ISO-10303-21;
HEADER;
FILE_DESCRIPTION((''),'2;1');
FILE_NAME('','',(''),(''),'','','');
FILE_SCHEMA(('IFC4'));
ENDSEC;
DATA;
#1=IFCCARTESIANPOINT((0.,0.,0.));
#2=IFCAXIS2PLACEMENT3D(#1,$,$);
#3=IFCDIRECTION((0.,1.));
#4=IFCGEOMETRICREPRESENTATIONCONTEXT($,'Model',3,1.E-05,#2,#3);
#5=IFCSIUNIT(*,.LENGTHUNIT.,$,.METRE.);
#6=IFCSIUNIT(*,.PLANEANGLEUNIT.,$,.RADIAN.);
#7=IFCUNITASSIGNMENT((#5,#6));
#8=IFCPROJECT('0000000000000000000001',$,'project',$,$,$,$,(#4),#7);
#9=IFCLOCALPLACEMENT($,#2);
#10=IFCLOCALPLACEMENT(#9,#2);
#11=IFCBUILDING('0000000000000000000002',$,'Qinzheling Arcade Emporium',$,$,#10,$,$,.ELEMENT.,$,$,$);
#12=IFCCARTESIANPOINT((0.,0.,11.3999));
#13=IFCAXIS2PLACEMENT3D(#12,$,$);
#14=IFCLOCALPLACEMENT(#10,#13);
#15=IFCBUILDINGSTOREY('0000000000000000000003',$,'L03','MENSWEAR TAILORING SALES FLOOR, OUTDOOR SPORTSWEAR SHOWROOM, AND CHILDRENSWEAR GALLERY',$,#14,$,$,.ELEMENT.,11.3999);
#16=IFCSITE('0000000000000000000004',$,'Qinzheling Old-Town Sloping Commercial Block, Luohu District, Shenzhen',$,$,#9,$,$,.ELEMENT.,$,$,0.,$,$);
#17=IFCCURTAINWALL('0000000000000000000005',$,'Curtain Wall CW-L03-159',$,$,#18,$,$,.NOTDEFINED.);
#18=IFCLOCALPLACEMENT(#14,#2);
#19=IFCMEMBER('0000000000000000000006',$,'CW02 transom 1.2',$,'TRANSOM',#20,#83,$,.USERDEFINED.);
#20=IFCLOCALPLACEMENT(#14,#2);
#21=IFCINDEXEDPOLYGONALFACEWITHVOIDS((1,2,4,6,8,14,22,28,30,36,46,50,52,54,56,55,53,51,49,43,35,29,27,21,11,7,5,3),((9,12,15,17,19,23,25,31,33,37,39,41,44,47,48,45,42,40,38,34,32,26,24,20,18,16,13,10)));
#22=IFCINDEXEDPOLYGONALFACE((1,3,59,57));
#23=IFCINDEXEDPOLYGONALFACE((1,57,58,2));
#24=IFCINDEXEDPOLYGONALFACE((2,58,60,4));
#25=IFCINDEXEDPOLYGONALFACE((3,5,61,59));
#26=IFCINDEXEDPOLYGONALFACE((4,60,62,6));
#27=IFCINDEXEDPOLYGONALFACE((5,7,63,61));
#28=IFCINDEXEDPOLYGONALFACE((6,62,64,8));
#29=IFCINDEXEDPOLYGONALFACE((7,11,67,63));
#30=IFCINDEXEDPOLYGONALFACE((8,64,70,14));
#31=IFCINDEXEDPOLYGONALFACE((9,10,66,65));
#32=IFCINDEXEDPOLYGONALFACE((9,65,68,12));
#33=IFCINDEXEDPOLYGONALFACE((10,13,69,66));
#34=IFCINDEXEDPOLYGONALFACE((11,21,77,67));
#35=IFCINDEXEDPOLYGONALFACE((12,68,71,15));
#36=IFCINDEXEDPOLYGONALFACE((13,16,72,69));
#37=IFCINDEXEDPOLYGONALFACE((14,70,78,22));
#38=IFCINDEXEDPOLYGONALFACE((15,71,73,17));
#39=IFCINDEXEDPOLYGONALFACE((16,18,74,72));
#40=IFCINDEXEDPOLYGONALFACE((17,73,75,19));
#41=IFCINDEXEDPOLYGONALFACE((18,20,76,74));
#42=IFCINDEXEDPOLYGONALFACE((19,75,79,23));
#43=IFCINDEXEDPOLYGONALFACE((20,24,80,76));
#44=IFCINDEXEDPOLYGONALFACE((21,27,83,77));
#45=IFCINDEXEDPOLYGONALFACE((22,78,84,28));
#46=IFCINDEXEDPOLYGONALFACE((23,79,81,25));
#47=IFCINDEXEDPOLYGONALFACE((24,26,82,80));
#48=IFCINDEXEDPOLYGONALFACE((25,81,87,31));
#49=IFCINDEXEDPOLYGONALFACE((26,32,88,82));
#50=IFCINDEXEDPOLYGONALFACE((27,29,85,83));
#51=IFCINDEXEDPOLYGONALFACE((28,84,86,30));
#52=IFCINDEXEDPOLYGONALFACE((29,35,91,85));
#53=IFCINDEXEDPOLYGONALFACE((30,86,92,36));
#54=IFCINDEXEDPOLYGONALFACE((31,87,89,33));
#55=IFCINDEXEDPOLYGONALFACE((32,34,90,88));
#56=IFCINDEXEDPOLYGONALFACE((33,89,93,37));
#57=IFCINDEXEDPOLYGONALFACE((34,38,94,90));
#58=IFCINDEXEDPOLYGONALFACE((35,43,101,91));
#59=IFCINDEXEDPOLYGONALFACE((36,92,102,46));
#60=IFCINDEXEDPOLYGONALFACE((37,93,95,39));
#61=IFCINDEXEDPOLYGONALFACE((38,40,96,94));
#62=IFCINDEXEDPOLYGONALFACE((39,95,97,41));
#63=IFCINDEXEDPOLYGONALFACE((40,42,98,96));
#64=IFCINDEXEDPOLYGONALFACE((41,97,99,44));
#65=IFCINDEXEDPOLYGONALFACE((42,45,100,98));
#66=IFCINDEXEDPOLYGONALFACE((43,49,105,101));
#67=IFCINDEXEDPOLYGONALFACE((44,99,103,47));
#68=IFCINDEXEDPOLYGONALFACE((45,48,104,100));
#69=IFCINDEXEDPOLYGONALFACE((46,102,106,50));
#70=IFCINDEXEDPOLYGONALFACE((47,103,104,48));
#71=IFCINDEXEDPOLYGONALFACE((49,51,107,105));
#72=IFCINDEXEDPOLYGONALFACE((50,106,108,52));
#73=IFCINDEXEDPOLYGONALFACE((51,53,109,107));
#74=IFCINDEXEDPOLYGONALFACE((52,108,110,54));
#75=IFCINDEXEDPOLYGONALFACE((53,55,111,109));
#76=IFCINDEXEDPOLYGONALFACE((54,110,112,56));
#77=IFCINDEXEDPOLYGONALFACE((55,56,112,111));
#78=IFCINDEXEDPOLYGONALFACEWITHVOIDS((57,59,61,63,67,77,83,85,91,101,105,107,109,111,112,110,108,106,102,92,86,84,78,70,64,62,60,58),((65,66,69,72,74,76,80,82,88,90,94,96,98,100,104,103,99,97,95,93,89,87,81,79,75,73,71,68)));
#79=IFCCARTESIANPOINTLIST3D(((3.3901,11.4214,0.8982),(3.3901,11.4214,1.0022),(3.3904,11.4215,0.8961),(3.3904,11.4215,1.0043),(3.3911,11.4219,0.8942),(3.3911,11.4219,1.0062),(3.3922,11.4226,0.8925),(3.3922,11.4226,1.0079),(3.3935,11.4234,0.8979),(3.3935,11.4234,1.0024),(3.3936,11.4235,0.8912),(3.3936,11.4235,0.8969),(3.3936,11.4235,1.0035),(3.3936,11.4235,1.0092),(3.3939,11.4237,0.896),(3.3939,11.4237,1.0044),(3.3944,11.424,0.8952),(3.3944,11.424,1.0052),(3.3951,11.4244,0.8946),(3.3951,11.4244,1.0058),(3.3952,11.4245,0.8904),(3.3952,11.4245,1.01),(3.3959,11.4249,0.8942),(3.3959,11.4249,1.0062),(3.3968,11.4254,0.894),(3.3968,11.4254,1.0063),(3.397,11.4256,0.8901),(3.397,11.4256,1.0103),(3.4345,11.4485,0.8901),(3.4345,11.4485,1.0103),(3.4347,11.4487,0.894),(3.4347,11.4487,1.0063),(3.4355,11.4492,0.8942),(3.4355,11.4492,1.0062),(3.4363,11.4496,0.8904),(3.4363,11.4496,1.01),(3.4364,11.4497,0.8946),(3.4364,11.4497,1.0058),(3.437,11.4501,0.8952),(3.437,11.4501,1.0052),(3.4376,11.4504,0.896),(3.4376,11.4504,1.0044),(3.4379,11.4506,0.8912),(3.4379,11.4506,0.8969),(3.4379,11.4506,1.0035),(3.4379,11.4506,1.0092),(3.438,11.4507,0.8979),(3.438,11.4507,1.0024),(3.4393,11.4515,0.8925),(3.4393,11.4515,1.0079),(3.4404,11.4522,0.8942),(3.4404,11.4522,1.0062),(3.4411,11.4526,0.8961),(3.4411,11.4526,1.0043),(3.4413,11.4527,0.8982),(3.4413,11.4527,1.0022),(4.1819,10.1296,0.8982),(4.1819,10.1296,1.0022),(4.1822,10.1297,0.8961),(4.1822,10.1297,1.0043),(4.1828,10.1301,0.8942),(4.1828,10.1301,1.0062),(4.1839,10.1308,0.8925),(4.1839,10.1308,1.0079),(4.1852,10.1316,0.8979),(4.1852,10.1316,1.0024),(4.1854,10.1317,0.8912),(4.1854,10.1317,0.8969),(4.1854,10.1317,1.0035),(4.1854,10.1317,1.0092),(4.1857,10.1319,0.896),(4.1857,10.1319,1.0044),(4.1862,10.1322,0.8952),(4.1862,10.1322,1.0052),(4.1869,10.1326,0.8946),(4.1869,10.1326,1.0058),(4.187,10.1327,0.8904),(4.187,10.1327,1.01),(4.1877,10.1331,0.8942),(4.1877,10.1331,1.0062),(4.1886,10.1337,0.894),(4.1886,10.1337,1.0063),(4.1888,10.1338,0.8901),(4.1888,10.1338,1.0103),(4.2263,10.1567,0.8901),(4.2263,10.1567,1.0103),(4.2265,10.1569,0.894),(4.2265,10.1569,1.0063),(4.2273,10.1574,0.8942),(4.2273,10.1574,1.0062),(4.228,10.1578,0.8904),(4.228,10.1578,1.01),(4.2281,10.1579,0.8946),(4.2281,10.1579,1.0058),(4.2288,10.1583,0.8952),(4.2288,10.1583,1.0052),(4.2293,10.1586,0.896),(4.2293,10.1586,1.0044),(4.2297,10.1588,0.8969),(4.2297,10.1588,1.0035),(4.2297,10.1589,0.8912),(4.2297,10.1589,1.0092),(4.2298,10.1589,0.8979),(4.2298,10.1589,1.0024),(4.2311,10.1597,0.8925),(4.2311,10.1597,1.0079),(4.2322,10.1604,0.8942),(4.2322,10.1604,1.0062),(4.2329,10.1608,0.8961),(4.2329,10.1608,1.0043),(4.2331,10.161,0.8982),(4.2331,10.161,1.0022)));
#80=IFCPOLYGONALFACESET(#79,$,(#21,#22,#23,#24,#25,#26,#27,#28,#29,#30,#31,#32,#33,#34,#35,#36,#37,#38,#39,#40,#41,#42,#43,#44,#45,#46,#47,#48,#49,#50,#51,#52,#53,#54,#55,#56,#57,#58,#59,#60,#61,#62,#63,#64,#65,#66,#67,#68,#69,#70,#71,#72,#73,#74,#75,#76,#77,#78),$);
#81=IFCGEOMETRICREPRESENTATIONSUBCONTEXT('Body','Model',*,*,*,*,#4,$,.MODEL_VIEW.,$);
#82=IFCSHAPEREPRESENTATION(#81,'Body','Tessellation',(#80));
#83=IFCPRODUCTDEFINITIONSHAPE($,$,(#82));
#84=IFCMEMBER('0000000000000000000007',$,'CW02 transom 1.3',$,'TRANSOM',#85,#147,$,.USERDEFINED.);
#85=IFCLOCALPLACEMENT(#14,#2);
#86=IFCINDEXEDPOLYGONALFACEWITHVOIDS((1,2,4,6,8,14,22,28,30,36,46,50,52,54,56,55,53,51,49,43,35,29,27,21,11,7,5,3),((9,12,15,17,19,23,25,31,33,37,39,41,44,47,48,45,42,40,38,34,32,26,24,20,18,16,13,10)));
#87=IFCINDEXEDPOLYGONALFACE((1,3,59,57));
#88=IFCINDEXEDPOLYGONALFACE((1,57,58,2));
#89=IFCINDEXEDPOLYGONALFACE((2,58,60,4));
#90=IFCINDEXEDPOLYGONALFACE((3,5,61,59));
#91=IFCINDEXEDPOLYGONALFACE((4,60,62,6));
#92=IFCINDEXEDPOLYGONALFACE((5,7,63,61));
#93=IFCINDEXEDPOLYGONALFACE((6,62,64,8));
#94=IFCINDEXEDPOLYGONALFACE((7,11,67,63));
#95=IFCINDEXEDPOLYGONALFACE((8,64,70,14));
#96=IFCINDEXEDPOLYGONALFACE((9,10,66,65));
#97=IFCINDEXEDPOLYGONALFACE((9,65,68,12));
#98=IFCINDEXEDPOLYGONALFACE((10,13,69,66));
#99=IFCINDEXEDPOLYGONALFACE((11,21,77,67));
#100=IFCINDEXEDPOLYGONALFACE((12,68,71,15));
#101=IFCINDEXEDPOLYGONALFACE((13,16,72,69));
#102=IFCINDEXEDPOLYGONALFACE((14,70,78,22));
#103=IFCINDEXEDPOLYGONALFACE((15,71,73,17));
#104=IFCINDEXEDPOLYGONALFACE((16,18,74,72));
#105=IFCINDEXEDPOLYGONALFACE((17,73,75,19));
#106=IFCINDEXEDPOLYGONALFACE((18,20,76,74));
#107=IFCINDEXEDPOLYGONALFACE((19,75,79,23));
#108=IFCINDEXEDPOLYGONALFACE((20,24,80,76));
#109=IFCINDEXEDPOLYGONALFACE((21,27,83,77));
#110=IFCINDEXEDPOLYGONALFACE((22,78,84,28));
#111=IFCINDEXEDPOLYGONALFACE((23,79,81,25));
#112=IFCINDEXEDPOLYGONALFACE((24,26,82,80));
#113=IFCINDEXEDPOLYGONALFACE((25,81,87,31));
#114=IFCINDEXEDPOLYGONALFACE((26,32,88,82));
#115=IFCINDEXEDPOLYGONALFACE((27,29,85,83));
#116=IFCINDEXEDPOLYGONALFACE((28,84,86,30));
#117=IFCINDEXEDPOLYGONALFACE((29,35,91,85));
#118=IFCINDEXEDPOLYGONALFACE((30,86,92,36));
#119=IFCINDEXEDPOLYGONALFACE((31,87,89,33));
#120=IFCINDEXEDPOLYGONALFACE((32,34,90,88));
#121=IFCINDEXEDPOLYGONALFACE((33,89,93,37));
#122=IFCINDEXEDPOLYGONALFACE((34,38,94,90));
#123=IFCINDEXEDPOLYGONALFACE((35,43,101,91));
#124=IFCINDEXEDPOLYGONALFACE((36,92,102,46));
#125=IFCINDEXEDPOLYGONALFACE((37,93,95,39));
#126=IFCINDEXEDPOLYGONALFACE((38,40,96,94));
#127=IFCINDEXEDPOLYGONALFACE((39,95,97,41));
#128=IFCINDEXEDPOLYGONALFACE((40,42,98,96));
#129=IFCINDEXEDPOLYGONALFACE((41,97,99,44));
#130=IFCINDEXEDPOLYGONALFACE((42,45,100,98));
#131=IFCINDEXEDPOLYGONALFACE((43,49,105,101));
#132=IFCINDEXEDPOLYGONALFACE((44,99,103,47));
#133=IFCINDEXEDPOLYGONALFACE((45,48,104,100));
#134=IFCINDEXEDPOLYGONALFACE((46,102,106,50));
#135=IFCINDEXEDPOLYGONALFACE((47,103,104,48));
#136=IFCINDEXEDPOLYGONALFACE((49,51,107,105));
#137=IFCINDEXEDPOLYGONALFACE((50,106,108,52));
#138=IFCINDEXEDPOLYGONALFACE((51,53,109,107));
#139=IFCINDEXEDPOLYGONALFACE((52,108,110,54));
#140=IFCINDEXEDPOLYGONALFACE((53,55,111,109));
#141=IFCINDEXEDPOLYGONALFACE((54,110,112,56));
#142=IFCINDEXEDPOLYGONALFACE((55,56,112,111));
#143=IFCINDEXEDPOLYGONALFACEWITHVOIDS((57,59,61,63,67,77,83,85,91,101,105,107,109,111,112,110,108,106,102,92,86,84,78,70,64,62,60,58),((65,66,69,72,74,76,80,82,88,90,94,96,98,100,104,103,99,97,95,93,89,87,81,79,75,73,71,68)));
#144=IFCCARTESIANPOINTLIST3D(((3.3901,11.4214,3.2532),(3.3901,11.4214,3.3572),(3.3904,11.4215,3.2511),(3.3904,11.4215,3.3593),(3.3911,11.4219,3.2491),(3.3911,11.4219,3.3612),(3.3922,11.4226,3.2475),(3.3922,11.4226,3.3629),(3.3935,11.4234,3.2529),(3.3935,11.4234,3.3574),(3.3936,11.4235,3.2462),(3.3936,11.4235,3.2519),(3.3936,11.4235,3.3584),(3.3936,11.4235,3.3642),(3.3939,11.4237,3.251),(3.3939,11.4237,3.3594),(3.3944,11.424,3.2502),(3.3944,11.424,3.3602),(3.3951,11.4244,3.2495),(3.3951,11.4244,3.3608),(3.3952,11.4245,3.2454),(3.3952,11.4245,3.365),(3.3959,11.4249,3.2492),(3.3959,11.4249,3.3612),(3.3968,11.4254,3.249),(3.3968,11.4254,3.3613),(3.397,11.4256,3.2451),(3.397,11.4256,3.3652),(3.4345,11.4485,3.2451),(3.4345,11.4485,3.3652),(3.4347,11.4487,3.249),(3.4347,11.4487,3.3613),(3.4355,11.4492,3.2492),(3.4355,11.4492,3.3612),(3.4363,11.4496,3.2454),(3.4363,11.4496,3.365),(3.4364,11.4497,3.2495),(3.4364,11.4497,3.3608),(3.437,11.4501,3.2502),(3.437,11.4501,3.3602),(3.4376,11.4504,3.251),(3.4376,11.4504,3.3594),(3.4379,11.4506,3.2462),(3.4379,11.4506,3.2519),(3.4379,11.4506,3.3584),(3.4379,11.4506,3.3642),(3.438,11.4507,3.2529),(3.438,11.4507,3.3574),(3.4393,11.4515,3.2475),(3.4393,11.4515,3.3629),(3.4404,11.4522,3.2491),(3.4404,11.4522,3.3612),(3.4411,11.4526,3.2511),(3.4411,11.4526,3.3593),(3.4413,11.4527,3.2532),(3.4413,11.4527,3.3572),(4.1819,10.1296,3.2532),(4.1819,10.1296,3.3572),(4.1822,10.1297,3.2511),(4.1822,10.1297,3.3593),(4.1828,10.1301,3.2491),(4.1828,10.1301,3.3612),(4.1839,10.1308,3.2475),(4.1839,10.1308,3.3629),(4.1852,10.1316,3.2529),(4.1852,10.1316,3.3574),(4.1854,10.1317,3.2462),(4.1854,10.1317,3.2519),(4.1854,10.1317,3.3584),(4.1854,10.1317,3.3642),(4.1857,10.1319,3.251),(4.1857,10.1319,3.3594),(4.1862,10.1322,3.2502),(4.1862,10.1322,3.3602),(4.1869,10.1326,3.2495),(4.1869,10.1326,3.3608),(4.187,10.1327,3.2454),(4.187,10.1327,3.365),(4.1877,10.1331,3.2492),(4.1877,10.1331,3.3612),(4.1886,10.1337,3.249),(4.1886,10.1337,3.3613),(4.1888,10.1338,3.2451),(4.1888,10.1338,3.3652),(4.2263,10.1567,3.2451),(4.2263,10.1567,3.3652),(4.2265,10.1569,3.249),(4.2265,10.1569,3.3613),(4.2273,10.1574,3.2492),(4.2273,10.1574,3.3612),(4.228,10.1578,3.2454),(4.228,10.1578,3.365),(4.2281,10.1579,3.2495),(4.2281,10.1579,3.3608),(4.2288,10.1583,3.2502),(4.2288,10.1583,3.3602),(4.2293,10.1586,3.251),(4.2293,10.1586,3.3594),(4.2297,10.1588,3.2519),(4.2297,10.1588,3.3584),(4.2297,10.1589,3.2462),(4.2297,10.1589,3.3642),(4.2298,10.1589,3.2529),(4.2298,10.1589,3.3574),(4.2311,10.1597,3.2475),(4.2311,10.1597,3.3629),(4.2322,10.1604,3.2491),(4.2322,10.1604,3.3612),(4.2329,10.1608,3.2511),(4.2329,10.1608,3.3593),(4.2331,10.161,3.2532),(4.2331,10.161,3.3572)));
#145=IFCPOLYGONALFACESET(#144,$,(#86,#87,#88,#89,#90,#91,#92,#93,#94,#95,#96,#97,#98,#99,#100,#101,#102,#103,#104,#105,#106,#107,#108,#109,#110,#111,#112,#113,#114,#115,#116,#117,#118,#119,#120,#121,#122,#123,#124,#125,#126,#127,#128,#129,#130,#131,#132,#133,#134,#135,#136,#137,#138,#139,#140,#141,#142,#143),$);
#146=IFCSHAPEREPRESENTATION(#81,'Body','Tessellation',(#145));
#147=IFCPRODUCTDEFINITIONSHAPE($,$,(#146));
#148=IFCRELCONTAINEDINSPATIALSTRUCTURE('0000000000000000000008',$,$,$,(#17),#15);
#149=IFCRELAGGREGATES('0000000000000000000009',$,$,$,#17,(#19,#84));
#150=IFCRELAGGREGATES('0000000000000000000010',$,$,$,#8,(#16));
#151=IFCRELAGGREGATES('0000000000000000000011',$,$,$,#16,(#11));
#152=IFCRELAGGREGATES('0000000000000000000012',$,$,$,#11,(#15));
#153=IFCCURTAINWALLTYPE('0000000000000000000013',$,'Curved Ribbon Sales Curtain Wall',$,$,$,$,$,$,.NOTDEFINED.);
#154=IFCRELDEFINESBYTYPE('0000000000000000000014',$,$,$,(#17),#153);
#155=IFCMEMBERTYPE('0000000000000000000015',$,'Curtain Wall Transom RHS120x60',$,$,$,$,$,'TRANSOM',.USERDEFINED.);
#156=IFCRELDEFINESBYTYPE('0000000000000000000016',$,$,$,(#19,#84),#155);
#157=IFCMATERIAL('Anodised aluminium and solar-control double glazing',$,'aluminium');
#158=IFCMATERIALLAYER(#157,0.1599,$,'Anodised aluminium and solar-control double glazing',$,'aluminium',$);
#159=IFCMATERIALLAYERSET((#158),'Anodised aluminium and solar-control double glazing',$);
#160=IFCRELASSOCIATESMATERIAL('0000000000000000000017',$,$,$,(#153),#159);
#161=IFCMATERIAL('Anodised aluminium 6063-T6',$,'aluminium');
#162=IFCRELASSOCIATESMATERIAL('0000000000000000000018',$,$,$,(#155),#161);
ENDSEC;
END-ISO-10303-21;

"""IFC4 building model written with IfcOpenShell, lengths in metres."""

from ifc_helpers import new_model, si_unit, direction, frame, origin, origin_2d, place, context, subcontext, project, spatial, hollow_rectangle, extrude, material, layer, layer_set, material_profile, profile_set, type_object, element, aggregate, save


model = new_model("IFC4")

# Units and contexts
model_context = context("Model", 3, precision=1e-05, world=origin(), true_north=direction((0.0, 1.0)))
body_context = subcontext(model_context, "Body", "Model", "MODEL_VIEW")
ifc_project = project(units=[si_unit("LENGTHUNIT", "METRE"), si_unit("PLANEANGLEUNIT", "RADIAN")], contexts=[model_context])

# Site, building, storey
site_placement = place(None, origin())
site = spatial("IfcSite", under=ifc_project, at=site_placement, Name="Qinzheling Old-Town Sloping Commercial Block, Luohu District, Shenzhen", CompositionType="ELEMENT", RefElevation=0.0)
building_placement = place(site_placement, origin())
building = spatial("IfcBuilding", under=site, at=building_placement, Name="Qinzheling Arcade Emporium", CompositionType="ELEMENT")
storey_placement = place(building_placement, frame((0.0, 0.0, 11.3999)))
storey = spatial("IfcBuildingStorey", under=building, at=storey_placement, Name="L03", Description="MENSWEAR TAILORING SALES FLOOR, OUTDOOR SPORTSWEAR SHOWROOM, AND CHILDRENSWEAR GALLERY", CompositionType="ELEMENT", Elevation=11.3999)

# Curtain wall
ifc_material_1 = material(Name="Anodised aluminium and solar-control double glazing", Category="aluminium")
ifc_layer_1 = layer(ifc_material_1, 0.1599, Name="Anodised aluminium and solar-control double glazing", Category="aluminium")
ifc_layer_set_1 = layer_set([ifc_layer_1], Name="Anodised aluminium and solar-control double glazing")
curtain_wall_type = type_object("IfcCurtainWallType", Name="Curved Ribbon Sales Curtain Wall", PredefinedType="NOTDEFINED", material=ifc_layer_set_1)
ifc_material_2 = material(Name="Anodised aluminium 6063-T6", Category="aluminium")
curtain_wall_1_placement = place(storey_placement, origin())
curtain_wall_1 = element("IfcCurtainWall", 1, at=curtain_wall_1_placement, inside=storey, type_object=curtain_wall_type, Name="Curtain Wall CW-L03-159", PredefinedType="NOTDEFINED")

# Members
ifc_material_profile_1 = material_profile(ifc_material_2, hollow_rectangle(XDim=0.0601, YDim=0.1201, WallThickness=0.0039, InnerFilletRadius=0.0039, OuterFilletRadius=0.0081, at=origin_2d()), Name="RHS 120x60x4", Category="aluminium")
ifc_profile_set_1 = profile_set([ifc_material_profile_1], Name="Anodised aluminium 6063-T6")
member_type_1 = type_object("IfcMemberType", Name="Curtain Wall Transom RHS120x60", ElementType="TRANSOM", PredefinedType="USERDEFINED", material=ifc_profile_set_1)
member_1_placement = place(storey_placement, frame((4.2075, 10.1453, 0.9502), z_axis=(-0.522577, 0.852592, 0.0), x_axis=(-0.852592, -0.522577, 0.0)))
member_1 = element("IfcMember", 2, at=member_1_placement, type_object=member_type_1, Name="CW02 transom 1.2", ObjectType="TRANSOM", PredefinedType="USERDEFINED", context=body_context, shape_type="SweptSolid", body=[
    extrude(hollow_rectangle(XDim=0.0601, YDim=0.1201, WallThickness=0.0039, InnerFilletRadius=0.0039, OuterFilletRadius=0.0081, at=origin_2d()), origin(), (0.0, 0.0, 1.0), 1.5151),
])
member_2_placement = place(storey_placement, frame((4.2075, 10.1453, 3.3052), z_axis=(-0.522577, 0.852592, 0.0), x_axis=(-0.852592, -0.522577, 0.0)))
member_2 = element("IfcMember", 3, at=member_2_placement, type_object=member_type_1, Name="CW02 transom 1.3", ObjectType="TRANSOM", PredefinedType="USERDEFINED", context=body_context, shape_type="SweptSolid", body=[
    extrude(hollow_rectangle(XDim=0.0601, YDim=0.1201, WallThickness=0.0039, InnerFilletRadius=0.0039, OuterFilletRadius=0.0081, at=origin_2d()), origin(), (0.0, 0.0, 1.0), 1.5151),
])

aggregate(curtain_wall_1, [member_1, member_2])

save(model, "model.ifc")
